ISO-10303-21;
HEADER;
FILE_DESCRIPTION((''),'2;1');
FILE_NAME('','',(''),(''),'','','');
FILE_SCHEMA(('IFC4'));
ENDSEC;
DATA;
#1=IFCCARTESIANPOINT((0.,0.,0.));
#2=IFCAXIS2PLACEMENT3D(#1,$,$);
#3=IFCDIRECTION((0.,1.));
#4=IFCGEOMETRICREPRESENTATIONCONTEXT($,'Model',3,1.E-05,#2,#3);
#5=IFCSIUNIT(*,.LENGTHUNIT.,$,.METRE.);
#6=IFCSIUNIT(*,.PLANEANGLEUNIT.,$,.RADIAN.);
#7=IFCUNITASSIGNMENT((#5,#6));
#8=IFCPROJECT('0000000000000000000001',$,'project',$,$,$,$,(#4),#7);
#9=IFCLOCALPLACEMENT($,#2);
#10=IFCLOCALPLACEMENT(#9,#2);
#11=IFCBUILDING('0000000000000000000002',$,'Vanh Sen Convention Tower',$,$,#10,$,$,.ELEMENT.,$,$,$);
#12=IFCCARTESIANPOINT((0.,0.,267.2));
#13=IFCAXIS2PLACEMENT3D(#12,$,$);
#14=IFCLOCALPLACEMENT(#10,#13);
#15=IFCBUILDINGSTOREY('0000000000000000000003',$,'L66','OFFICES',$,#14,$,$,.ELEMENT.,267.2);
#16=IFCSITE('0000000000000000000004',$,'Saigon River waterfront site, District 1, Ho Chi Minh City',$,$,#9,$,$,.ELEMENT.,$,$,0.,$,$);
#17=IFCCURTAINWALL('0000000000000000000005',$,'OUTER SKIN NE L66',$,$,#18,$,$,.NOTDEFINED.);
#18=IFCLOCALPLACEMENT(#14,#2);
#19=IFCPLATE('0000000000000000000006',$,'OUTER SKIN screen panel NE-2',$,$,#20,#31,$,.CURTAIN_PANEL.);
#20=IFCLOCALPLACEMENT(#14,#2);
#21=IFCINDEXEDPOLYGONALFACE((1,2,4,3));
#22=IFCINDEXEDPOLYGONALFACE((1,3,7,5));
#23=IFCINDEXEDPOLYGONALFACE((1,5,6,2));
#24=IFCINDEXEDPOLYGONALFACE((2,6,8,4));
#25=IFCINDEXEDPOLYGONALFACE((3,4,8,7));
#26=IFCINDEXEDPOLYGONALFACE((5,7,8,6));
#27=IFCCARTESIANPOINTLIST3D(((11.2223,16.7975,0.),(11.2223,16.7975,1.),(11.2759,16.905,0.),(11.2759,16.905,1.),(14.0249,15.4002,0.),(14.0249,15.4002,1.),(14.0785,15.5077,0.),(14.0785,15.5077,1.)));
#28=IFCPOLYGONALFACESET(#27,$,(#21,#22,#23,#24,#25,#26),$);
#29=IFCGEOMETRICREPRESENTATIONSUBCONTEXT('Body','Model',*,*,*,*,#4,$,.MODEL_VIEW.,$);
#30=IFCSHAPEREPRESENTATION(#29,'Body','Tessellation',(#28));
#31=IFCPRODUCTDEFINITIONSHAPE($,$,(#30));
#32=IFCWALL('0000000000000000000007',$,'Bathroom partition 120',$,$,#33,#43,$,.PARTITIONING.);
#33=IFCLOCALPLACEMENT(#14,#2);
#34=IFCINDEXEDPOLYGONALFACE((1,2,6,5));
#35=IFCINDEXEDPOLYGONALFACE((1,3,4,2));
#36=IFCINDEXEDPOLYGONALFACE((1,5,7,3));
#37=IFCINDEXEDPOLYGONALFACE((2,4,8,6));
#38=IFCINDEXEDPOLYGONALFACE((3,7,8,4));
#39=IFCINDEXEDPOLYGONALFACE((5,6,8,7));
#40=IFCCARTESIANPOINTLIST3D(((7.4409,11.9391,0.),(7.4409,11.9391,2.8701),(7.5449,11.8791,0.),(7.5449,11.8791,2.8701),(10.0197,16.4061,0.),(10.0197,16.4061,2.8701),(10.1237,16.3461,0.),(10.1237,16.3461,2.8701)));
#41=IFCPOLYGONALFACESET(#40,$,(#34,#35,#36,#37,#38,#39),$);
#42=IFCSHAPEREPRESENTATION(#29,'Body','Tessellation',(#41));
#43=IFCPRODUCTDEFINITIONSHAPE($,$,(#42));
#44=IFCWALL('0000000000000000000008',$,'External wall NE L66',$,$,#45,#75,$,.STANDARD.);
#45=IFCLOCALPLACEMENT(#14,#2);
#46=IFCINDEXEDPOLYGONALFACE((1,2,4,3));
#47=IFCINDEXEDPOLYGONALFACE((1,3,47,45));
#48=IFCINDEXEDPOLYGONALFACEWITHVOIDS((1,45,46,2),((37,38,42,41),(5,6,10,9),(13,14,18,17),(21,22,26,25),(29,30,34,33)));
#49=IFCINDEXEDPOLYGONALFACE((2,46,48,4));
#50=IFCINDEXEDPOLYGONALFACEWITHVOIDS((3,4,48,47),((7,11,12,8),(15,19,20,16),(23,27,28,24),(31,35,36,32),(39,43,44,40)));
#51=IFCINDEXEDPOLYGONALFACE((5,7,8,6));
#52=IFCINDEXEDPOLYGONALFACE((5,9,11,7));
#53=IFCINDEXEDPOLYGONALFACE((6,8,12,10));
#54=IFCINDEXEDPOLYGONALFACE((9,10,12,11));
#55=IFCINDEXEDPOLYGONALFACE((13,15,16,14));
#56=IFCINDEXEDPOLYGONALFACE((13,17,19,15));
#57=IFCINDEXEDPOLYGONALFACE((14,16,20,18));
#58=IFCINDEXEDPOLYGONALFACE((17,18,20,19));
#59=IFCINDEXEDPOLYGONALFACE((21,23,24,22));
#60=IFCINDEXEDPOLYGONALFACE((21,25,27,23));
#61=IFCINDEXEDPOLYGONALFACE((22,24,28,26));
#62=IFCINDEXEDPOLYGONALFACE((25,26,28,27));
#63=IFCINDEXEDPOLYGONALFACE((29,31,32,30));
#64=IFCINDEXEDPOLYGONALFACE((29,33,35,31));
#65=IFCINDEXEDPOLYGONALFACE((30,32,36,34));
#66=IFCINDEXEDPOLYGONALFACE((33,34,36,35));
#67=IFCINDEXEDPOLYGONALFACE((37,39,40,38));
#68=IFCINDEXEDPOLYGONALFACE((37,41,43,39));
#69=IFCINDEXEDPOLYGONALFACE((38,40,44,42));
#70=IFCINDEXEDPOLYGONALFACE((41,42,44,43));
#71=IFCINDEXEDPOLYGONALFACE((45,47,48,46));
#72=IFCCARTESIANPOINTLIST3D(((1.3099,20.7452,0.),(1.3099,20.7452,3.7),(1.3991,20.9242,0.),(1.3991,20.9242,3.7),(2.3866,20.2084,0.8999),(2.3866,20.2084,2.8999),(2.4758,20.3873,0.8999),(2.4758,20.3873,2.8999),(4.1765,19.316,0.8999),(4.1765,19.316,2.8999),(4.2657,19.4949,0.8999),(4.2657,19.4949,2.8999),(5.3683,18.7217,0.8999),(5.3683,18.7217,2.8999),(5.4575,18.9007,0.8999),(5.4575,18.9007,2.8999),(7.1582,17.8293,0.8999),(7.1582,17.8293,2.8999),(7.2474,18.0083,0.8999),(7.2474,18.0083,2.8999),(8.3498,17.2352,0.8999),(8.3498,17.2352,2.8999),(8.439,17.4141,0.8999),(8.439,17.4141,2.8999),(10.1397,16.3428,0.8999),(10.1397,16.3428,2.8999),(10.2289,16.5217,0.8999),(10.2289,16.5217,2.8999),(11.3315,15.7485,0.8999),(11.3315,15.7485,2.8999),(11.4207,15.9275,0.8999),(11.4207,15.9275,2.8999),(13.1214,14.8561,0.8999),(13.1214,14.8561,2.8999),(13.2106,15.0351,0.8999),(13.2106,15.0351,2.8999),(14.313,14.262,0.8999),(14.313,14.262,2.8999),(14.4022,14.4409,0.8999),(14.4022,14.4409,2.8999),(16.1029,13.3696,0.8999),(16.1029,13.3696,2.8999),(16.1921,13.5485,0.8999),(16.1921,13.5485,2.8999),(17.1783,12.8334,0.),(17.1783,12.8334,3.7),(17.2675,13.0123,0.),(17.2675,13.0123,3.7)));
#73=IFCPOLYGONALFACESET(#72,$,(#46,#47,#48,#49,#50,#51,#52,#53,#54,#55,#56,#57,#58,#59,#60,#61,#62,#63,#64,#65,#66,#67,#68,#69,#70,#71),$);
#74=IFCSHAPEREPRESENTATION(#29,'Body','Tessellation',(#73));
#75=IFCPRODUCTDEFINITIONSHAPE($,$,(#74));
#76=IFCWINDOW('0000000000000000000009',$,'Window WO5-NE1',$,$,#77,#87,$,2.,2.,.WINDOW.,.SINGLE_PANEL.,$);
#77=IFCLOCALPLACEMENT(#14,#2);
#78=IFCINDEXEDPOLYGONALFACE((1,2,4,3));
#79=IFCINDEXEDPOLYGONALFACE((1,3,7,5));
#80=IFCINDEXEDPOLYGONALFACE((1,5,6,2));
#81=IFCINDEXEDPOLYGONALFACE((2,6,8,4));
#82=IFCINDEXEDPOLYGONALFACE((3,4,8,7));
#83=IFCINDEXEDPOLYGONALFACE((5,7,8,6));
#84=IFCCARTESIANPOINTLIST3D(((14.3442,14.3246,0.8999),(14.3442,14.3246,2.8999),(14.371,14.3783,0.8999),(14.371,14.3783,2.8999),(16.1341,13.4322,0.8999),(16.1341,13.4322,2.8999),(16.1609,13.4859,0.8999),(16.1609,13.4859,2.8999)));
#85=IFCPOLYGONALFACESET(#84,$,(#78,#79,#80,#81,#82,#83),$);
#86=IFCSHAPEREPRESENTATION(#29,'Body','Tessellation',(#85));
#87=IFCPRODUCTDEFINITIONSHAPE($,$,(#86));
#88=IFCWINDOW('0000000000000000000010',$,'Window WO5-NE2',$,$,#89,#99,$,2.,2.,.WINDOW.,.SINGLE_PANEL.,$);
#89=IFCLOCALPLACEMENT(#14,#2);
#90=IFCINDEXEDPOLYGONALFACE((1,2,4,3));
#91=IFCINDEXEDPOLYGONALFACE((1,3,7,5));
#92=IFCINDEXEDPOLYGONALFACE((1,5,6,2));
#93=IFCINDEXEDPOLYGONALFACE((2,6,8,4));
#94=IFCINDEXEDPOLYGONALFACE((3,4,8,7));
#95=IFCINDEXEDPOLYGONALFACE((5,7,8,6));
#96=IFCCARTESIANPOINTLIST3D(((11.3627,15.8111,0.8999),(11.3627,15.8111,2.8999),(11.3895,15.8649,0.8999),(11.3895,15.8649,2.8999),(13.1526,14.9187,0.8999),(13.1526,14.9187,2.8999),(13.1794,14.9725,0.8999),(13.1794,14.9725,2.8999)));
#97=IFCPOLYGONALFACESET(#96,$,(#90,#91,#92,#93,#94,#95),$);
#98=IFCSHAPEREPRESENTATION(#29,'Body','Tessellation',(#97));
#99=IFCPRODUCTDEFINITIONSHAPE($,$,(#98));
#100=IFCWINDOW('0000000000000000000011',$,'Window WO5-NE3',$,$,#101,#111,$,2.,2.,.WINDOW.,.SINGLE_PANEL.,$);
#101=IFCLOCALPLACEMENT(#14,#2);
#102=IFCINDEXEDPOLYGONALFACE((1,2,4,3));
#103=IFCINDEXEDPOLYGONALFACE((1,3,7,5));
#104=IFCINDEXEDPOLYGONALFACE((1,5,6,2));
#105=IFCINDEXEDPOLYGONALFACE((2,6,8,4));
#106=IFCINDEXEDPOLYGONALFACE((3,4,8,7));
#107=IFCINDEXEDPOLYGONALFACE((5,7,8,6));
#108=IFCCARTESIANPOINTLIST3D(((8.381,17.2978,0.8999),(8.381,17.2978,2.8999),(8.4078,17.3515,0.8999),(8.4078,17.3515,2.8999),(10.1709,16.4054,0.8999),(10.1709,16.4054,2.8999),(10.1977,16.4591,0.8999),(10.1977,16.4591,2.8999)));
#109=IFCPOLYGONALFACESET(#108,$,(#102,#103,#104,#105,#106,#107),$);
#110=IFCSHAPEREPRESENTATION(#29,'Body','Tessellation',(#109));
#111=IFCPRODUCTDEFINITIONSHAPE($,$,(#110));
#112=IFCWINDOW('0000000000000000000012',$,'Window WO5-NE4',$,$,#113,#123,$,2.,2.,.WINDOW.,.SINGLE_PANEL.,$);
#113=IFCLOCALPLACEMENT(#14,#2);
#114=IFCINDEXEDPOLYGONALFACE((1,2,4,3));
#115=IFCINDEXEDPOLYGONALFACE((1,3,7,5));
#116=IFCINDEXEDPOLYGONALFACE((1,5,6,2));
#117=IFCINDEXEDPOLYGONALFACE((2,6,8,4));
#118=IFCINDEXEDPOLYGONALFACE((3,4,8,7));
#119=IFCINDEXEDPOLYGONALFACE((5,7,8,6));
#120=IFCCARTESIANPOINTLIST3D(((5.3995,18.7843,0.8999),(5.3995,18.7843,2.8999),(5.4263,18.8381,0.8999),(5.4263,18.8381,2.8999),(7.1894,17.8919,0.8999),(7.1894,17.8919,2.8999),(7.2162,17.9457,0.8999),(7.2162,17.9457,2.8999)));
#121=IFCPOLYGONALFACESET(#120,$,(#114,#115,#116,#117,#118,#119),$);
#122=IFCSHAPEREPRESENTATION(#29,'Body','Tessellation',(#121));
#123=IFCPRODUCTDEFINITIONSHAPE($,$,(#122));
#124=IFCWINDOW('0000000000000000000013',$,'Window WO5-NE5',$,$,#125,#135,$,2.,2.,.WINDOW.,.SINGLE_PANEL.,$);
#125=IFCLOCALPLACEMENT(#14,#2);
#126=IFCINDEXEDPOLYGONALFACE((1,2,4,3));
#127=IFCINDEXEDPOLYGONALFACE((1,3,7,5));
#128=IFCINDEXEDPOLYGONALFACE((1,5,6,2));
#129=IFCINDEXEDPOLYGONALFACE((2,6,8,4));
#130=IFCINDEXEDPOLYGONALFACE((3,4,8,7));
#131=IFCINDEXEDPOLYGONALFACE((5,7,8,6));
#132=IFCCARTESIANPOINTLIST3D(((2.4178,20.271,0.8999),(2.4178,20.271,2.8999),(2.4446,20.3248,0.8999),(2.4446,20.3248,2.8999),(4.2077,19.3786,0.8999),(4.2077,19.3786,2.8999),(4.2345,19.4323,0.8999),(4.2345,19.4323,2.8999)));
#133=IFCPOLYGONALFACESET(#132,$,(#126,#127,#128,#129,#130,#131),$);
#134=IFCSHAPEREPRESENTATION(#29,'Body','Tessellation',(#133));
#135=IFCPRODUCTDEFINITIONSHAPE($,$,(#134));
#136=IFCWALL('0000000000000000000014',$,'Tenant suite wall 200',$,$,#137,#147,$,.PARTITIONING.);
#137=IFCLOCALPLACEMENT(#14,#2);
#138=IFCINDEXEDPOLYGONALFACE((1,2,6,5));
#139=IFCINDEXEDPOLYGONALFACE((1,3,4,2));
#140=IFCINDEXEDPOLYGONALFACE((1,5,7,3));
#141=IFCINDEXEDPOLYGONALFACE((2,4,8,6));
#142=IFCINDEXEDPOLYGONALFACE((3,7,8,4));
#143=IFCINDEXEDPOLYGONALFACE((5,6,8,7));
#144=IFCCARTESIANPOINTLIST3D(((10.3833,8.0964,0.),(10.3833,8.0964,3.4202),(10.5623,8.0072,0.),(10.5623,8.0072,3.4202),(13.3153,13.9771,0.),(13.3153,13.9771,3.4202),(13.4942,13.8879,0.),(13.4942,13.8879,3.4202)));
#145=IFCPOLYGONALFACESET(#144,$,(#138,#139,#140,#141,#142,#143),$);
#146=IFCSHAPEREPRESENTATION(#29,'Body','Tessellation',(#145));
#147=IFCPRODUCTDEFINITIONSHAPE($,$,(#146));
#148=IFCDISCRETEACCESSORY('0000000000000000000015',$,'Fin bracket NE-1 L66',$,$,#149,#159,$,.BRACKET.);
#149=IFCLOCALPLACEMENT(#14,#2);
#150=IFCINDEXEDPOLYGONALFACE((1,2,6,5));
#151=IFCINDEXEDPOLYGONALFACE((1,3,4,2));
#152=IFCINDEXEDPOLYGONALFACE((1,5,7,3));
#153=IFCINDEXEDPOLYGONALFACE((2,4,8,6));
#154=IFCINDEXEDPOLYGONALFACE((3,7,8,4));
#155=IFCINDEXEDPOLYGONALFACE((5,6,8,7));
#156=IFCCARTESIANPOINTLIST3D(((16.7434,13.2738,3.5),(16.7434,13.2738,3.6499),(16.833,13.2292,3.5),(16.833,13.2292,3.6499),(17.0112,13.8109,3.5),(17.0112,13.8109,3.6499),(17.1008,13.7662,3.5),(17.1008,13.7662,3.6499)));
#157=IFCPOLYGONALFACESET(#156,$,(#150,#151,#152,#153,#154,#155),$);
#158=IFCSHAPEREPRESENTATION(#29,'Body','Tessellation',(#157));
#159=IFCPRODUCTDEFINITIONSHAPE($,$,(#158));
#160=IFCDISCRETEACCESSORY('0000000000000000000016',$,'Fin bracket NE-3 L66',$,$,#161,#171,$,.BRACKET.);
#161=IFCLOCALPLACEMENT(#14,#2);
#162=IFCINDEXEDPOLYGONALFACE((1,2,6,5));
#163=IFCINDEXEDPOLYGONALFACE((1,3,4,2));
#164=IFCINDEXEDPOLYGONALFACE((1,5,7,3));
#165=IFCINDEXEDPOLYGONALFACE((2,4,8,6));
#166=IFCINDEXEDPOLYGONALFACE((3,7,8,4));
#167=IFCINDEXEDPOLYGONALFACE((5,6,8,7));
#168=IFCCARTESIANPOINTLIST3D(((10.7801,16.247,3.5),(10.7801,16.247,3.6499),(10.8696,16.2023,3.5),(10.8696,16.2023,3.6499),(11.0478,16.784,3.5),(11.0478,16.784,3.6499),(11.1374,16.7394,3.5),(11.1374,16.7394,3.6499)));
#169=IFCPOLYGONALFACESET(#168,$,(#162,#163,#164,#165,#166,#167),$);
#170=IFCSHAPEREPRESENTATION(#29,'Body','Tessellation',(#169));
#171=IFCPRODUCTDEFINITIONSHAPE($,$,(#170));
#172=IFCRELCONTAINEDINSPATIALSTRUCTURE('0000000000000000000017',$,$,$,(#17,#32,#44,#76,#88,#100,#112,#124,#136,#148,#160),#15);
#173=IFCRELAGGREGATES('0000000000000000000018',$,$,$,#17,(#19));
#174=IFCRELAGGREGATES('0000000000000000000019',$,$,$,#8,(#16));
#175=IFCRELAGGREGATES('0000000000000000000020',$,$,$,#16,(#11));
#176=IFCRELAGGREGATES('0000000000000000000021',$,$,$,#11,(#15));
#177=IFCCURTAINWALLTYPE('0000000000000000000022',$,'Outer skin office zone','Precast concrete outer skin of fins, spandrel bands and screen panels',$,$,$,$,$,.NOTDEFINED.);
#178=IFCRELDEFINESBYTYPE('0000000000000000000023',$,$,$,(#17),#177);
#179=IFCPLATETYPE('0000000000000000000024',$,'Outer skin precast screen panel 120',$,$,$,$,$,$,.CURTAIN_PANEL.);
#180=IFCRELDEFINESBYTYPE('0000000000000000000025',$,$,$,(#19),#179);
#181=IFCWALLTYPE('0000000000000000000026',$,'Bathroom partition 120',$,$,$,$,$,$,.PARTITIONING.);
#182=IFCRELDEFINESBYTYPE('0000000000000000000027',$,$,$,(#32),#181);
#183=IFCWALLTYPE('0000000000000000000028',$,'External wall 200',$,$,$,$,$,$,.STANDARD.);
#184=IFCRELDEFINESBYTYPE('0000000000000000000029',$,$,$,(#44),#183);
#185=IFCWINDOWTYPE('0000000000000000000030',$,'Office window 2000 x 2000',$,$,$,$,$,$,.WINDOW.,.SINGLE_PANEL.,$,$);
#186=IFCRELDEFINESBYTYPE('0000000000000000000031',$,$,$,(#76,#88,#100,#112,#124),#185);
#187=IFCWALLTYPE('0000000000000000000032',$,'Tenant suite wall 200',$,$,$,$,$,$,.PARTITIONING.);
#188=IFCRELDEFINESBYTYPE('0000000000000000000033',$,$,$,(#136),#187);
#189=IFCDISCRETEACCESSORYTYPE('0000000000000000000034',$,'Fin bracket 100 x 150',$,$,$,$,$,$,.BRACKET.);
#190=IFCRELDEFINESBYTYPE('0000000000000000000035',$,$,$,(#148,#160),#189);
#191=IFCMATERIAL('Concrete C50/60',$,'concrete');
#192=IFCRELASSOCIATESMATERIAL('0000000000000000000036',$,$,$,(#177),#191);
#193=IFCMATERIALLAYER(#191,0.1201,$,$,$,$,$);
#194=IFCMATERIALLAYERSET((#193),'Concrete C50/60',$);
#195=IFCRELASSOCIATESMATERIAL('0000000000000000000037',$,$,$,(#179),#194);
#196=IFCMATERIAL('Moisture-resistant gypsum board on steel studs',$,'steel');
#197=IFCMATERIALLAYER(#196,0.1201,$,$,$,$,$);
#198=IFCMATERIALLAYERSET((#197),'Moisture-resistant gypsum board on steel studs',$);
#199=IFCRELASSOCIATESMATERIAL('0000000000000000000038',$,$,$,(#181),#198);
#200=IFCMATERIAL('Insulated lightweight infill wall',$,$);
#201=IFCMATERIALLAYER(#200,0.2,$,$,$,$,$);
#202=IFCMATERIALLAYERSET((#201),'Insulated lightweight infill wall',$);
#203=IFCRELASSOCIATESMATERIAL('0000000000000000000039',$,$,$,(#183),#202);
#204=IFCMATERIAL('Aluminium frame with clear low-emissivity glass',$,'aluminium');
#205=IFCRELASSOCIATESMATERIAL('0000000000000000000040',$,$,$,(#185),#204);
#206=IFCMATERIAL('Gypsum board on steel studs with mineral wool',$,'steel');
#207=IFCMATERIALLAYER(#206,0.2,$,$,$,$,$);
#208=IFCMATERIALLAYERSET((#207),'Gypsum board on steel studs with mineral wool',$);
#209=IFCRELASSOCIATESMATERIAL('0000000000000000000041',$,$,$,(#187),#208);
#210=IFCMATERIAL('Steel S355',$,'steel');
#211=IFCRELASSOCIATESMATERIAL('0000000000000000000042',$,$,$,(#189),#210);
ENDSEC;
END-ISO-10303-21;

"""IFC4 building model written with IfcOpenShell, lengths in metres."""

from ifc_helpers import new_model, si_unit, direction, frame, frame_2d, origin, origin_2d, place, context, subcontext, project, spatial, rectangle, extrude, material, layer, layer_set, type_object, element, fill, aggregate, save


model = new_model("IFC4")

# Units and contexts
model_context = context("Model", 3, precision=1e-05, world=origin(), true_north=direction((0.0, 1.0)))
body_context = subcontext(model_context, "Body", "Model", "MODEL_VIEW")
ifc_project = project(units=[si_unit("LENGTHUNIT", "METRE"), si_unit("PLANEANGLEUNIT", "RADIAN")], contexts=[model_context])

# Site, building, storey
site_placement = place(None, origin())
site = spatial("IfcSite", under=ifc_project, at=site_placement, Name="Saigon River waterfront site, District 1, Ho Chi Minh City", CompositionType="ELEMENT", RefElevation=0.0)
building_placement = place(site_placement, origin())
building = spatial("IfcBuilding", under=site, at=building_placement, Name="Vanh Sen Convention Tower", CompositionType="ELEMENT")
storey_placement = place(building_placement, frame((0.0, 0.0, 267.2)))
storey = spatial("IfcBuildingStorey", under=building, at=storey_placement, Name="L66", Description="OFFICES", CompositionType="ELEMENT", Elevation=267.2)

# Curtain wall
ifc_material_1 = material(Name="Concrete C50/60", Category="concrete")
curtain_wall_type = type_object("IfcCurtainWallType", Name="Outer skin office zone", Description="Precast concrete outer skin of fins, spandrel bands and screen panels", PredefinedType="NOTDEFINED", material=ifc_material_1)
curtain_wall_1_placement = place(storey_placement, origin())
curtain_wall_1 = element("IfcCurtainWall", 1, at=curtain_wall_1_placement, inside=storey, type_object=curtain_wall_type, Name="OUTER SKIN NE L66", PredefinedType="NOTDEFINED")

# Shared definitions
ifc_layer_1 = layer(ifc_material_1, 0.1201)
ifc_layer_set_1 = layer_set([ifc_layer_1], Name="Concrete C50/60")
plate_type = type_object("IfcPlateType", Name="Outer skin precast screen panel 120", PredefinedType="CURTAIN_PANEL", material=ifc_layer_set_1)

# Plate
plate_1_placement = place(storey_placement, frame((12.6504, 16.1526, 0.0), z_axis=(0.0, 0.0, 1.0), x_axis=(-0.894931, 0.446204, 0.0)))
plate_1 = element("IfcPlate", 2, at=plate_1_placement, type_object=plate_type, Name="OUTER SKIN screen panel NE-2", PredefinedType="CURTAIN_PANEL", context=body_context, shape_type="SweptSolid", body=[
    extrude(rectangle(XDim=3.1316, YDim=0.1201, at=origin_2d()), origin(), (0.0, 0.0, 1.0), 1.0),
])
aggregate(curtain_wall_1, [plate_1])

# Wall
ifc_material_2 = material(Name="Moisture-resistant gypsum board on steel studs", Category="steel")
ifc_layer_2 = layer(ifc_material_2, 0.1201)
ifc_layer_set_2 = layer_set([ifc_layer_2], Name="Moisture-resistant gypsum board on steel studs")
wall_type_1 = type_object("IfcWallType", Name="Bathroom partition 120", PredefinedType="PARTITIONING", material=ifc_layer_set_2)
wall_1_placement = place(storey_placement, frame((10.0718, 16.3762, 0.0), z_axis=(0.0, 0.0, 1.0), x_axis=(-0.499972, -0.866041, 0.0)))
element("IfcWall", 3, at=wall_1_placement, inside=storey, type_object=wall_type_1, Name="Bathroom partition 120", PredefinedType="PARTITIONING", context=body_context, shape_type="SweptSolid", body=[
    extrude(rectangle(XDim=5.158, YDim=0.1201, at=frame_2d((2.5791, 0.0))), origin(), (0.0, 0.0, 1.0), 2.8701),
])

# Wall, openings, windows
ifc_material_3 = material(Name="Insulated lightweight infill wall")
ifc_layer_3 = layer(ifc_material_3, 0.2)
ifc_layer_set_3 = layer_set([ifc_layer_3], Name="Insulated lightweight infill wall")
wall_type_2 = type_object("IfcWallType", Name="External wall 200", PredefinedType="STANDARD", material=ifc_layer_set_3)
wall_2_placement = place(storey_placement, frame((17.2229, 12.9229, 0.0), z_axis=(0.0, 0.0, 1.0), x_axis=(-0.894931, 0.446205, 0.0)))
wall_2 = element("IfcWall", 4, at=wall_2_placement, inside=storey, type_object=wall_type_2, Name="External wall NE L66", PredefinedType="STANDARD", context=body_context, shape_type="SweptSolid", body=[
    extrude(rectangle(XDim=17.7314, YDim=0.2, at=frame_2d((8.8657, 0.0))), origin(), (0.0, 0.0, 1.0), 3.7),
])
opening_1_placement = place(wall_2_placement, frame((1.2017, 0.0, 0.8999)))
opening_1 = element("IfcOpeningElement", 5, at=opening_1_placement, cuts=wall_2, PredefinedType="OPENING", context=body_context, shape_type="SweptSolid", body=[
    extrude(rectangle(XDim=2.0, YDim=2.0, at=frame_2d((1.0, 1.0))), frame((0.0, 0.1099, 0.0), z_axis=(0.0, -1.0, 0.0), x_axis=(1.0, 0.0, 0.0)), (0.0, 0.0, 1.0), 0.22),
])
opening_2_placement = place(wall_2_placement, frame((4.5332, 0.0, 0.8999)))
opening_2 = element("IfcOpeningElement", 6, at=opening_2_placement, cuts=wall_2, PredefinedType="OPENING", context=body_context, shape_type="SweptSolid", body=[
    extrude(rectangle(XDim=2.0, YDim=2.0, at=frame_2d((1.0, 1.0))), frame((0.0, 0.1099, 0.0), z_axis=(0.0, -1.0, 0.0), x_axis=(1.0, 0.0, 0.0)), (0.0, 0.0, 1.0), 0.22),
])
opening_3_placement = place(wall_2_placement, frame((7.865, 0.0, 0.8999)))
opening_3 = element("IfcOpeningElement", 7, at=opening_3_placement, cuts=wall_2, PredefinedType="OPENING", context=body_context, shape_type="SweptSolid", body=[
    extrude(rectangle(XDim=2.0, YDim=2.0, at=frame_2d((1.0, 1.0))), frame((0.0, 0.1099, 0.0), z_axis=(0.0, -1.0, 0.0), x_axis=(1.0, 0.0, 0.0)), (0.0, 0.0, 1.0), 0.22),
])
opening_4_placement = place(wall_2_placement, frame((11.1965, 0.0, 0.8999)))
opening_4 = element("IfcOpeningElement", 8, at=opening_4_placement, cuts=wall_2, PredefinedType="OPENING", context=body_context, shape_type="SweptSolid", body=[
    extrude(rectangle(XDim=2.0, YDim=2.0, at=frame_2d((1.0, 1.0))), frame((0.0, 0.1099, 0.0), z_axis=(0.0, -1.0, 0.0), x_axis=(1.0, 0.0, 0.0)), (0.0, 0.0, 1.0), 0.22),
])
opening_5_placement = place(wall_2_placement, frame((14.5283, 0.0, 0.8999)))
opening_5 = element("IfcOpeningElement", 9, at=opening_5_placement, cuts=wall_2, PredefinedType="OPENING", context=body_context, shape_type="SweptSolid", body=[
    extrude(rectangle(XDim=2.0, YDim=2.0, at=frame_2d((1.0, 1.0))), frame((0.0, 0.1099, 0.0), z_axis=(0.0, -1.0, 0.0), x_axis=(1.0, 0.0, 0.0)), (0.0, 0.0, 1.0), 0.22),
])
ifc_material_4 = material(Name="Aluminium frame with clear low-emissivity glass", Category="aluminium")
window_type = type_object("IfcWindowType", Name="Office window 2000 x 2000", PartitioningType="SINGLE_PANEL", PredefinedType="WINDOW", material=ifc_material_4)
window_1_placement = place(opening_1_placement, origin())
window_1 = element("IfcWindow", 10, at=window_1_placement, inside=storey, type_object=window_type, Name="Window WO5-NE1", OverallHeight=2.0, OverallWidth=2.0, PartitioningType="SINGLE_PANEL", PredefinedType="WINDOW", context=body_context, shape_type="SweptSolid", body=[
    extrude(rectangle(XDim=2.0, YDim=2.0, at=frame_2d((1.0, 1.0))), frame((0.0, 0.03, 0.0), z_axis=(0.0, -1.0, 0.0), x_axis=(1.0, 0.0, 0.0)), (0.0, 0.0, 1.0), 0.0601),
])
fill(opening_1, window_1)
window_2_placement = place(opening_2_placement, origin())
window_2 = element("IfcWindow", 11, at=window_2_placement, inside=storey, type_object=window_type, Name="Window WO5-NE2", OverallHeight=2.0, OverallWidth=2.0, PartitioningType="SINGLE_PANEL", PredefinedType="WINDOW", context=body_context, shape_type="SweptSolid", body=[
    extrude(rectangle(XDim=2.0, YDim=2.0, at=frame_2d((1.0, 1.0))), frame((0.0, 0.03, 0.0), z_axis=(0.0, -1.0, 0.0), x_axis=(1.0, 0.0, 0.0)), (0.0, 0.0, 1.0), 0.0601),
])
fill(opening_2, window_2)
window_3_placement = place(opening_3_placement, origin())
window_3 = element("IfcWindow", 12, at=window_3_placement, inside=storey, type_object=window_type, Name="Window WO5-NE3", OverallHeight=2.0, OverallWidth=2.0, PartitioningType="SINGLE_PANEL", PredefinedType="WINDOW", context=body_context, shape_type="SweptSolid", body=[
    extrude(rectangle(XDim=2.0, YDim=2.0, at=frame_2d((1.0, 1.0))), frame((0.0, 0.03, 0.0), z_axis=(0.0, -1.0, 0.0), x_axis=(1.0, 0.0, 0.0)), (0.0, 0.0, 1.0), 0.0601),
])
fill(opening_3, window_3)
window_4_placement = place(opening_4_placement, origin())
window_4 = element("IfcWindow", 13, at=window_4_placement, inside=storey, type_object=window_type, Name="Window WO5-NE4", OverallHeight=2.0, OverallWidth=2.0, PartitioningType="SINGLE_PANEL", PredefinedType="WINDOW", context=body_context, shape_type="SweptSolid", body=[
    extrude(rectangle(XDim=2.0, YDim=2.0, at=frame_2d((1.0, 1.0))), frame((0.0, 0.03, 0.0), z_axis=(0.0, -1.0, 0.0), x_axis=(1.0, 0.0, 0.0)), (0.0, 0.0, 1.0), 0.0601),
])
fill(opening_4, window_4)
window_5_placement = place(opening_5_placement, origin())
window_5 = element("IfcWindow", 14, at=window_5_placement, inside=storey, type_object=window_type, Name="Window WO5-NE5", OverallHeight=2.0, OverallWidth=2.0, PartitioningType="SINGLE_PANEL", PredefinedType="WINDOW", context=body_context, shape_type="SweptSolid", body=[
    extrude(rectangle(XDim=2.0, YDim=2.0, at=frame_2d((1.0, 1.0))), frame((0.0, 0.03, 0.0), z_axis=(0.0, -1.0, 0.0), x_axis=(1.0, 0.0, 0.0)), (0.0, 0.0, 1.0), 0.0601),
])
fill(opening_5, window_5)

# Wall
ifc_material_5 = material(Name="Gypsum board on steel studs with mineral wool", Category="steel")
ifc_layer_4 = layer(ifc_material_5, 0.2)
ifc_layer_set_4 = layer_set([ifc_layer_4], Name="Gypsum board on steel studs with mineral wool")
wall_type_3 = type_object("IfcWallType", Name="Tenant suite wall 200", PredefinedType="PARTITIONING", material=ifc_layer_set_4)
wall_3_placement = place(storey_placement, frame((13.4048, 13.9326, 0.0), z_axis=(0.0, 0.0, 1.0), x_axis=(-0.446188, -0.894939, 0.0)))
element("IfcWall", 15, at=wall_3_placement, inside=storey, type_object=wall_type_3, Name="Tenant suite wall 200", PredefinedType="PARTITIONING", context=body_context, shape_type="SweptSolid", body=[
    extrude(rectangle(XDim=6.571, YDim=0.2, at=frame_2d((3.2856, 0.0))), origin(), (0.0, 0.0, 1.0), 3.4202),
])

# Discrete accessories
ifc_material_6 = material(Name="Steel S355", Category="steel")
discrete_accessory_type = type_object("IfcDiscreteAccessoryType", Name="Fin bracket 100 x 150", PredefinedType="BRACKET", material=ifc_material_6)
for number, where, z_axis, x_axis, name in (
    (16, (16.9221, 13.52, 3.5), (0.0, 0.0, 1.0), (0.446198, 0.894934, 0.0), "Fin bracket NE-1 L66"),
    (17, (10.9587, 16.4932, 3.5), (0.0, 0.0, 1.0), (0.446198, 0.894934, 0.0), "Fin bracket NE-3 L66"),
):
    element("IfcDiscreteAccessory", number, at=place(storey_placement, frame(where, z_axis=z_axis, x_axis=x_axis)), inside=storey, type_object=discrete_accessory_type, Name=name, PredefinedType="BRACKET", context=body_context, shape_type="SweptSolid", body=[
        extrude(rectangle(XDim=0.6001, YDim=0.1001, at=origin_2d()), origin(), (0.0, 0.0, 1.0), 0.1499),
    ])

save(model, "model.ifc")
